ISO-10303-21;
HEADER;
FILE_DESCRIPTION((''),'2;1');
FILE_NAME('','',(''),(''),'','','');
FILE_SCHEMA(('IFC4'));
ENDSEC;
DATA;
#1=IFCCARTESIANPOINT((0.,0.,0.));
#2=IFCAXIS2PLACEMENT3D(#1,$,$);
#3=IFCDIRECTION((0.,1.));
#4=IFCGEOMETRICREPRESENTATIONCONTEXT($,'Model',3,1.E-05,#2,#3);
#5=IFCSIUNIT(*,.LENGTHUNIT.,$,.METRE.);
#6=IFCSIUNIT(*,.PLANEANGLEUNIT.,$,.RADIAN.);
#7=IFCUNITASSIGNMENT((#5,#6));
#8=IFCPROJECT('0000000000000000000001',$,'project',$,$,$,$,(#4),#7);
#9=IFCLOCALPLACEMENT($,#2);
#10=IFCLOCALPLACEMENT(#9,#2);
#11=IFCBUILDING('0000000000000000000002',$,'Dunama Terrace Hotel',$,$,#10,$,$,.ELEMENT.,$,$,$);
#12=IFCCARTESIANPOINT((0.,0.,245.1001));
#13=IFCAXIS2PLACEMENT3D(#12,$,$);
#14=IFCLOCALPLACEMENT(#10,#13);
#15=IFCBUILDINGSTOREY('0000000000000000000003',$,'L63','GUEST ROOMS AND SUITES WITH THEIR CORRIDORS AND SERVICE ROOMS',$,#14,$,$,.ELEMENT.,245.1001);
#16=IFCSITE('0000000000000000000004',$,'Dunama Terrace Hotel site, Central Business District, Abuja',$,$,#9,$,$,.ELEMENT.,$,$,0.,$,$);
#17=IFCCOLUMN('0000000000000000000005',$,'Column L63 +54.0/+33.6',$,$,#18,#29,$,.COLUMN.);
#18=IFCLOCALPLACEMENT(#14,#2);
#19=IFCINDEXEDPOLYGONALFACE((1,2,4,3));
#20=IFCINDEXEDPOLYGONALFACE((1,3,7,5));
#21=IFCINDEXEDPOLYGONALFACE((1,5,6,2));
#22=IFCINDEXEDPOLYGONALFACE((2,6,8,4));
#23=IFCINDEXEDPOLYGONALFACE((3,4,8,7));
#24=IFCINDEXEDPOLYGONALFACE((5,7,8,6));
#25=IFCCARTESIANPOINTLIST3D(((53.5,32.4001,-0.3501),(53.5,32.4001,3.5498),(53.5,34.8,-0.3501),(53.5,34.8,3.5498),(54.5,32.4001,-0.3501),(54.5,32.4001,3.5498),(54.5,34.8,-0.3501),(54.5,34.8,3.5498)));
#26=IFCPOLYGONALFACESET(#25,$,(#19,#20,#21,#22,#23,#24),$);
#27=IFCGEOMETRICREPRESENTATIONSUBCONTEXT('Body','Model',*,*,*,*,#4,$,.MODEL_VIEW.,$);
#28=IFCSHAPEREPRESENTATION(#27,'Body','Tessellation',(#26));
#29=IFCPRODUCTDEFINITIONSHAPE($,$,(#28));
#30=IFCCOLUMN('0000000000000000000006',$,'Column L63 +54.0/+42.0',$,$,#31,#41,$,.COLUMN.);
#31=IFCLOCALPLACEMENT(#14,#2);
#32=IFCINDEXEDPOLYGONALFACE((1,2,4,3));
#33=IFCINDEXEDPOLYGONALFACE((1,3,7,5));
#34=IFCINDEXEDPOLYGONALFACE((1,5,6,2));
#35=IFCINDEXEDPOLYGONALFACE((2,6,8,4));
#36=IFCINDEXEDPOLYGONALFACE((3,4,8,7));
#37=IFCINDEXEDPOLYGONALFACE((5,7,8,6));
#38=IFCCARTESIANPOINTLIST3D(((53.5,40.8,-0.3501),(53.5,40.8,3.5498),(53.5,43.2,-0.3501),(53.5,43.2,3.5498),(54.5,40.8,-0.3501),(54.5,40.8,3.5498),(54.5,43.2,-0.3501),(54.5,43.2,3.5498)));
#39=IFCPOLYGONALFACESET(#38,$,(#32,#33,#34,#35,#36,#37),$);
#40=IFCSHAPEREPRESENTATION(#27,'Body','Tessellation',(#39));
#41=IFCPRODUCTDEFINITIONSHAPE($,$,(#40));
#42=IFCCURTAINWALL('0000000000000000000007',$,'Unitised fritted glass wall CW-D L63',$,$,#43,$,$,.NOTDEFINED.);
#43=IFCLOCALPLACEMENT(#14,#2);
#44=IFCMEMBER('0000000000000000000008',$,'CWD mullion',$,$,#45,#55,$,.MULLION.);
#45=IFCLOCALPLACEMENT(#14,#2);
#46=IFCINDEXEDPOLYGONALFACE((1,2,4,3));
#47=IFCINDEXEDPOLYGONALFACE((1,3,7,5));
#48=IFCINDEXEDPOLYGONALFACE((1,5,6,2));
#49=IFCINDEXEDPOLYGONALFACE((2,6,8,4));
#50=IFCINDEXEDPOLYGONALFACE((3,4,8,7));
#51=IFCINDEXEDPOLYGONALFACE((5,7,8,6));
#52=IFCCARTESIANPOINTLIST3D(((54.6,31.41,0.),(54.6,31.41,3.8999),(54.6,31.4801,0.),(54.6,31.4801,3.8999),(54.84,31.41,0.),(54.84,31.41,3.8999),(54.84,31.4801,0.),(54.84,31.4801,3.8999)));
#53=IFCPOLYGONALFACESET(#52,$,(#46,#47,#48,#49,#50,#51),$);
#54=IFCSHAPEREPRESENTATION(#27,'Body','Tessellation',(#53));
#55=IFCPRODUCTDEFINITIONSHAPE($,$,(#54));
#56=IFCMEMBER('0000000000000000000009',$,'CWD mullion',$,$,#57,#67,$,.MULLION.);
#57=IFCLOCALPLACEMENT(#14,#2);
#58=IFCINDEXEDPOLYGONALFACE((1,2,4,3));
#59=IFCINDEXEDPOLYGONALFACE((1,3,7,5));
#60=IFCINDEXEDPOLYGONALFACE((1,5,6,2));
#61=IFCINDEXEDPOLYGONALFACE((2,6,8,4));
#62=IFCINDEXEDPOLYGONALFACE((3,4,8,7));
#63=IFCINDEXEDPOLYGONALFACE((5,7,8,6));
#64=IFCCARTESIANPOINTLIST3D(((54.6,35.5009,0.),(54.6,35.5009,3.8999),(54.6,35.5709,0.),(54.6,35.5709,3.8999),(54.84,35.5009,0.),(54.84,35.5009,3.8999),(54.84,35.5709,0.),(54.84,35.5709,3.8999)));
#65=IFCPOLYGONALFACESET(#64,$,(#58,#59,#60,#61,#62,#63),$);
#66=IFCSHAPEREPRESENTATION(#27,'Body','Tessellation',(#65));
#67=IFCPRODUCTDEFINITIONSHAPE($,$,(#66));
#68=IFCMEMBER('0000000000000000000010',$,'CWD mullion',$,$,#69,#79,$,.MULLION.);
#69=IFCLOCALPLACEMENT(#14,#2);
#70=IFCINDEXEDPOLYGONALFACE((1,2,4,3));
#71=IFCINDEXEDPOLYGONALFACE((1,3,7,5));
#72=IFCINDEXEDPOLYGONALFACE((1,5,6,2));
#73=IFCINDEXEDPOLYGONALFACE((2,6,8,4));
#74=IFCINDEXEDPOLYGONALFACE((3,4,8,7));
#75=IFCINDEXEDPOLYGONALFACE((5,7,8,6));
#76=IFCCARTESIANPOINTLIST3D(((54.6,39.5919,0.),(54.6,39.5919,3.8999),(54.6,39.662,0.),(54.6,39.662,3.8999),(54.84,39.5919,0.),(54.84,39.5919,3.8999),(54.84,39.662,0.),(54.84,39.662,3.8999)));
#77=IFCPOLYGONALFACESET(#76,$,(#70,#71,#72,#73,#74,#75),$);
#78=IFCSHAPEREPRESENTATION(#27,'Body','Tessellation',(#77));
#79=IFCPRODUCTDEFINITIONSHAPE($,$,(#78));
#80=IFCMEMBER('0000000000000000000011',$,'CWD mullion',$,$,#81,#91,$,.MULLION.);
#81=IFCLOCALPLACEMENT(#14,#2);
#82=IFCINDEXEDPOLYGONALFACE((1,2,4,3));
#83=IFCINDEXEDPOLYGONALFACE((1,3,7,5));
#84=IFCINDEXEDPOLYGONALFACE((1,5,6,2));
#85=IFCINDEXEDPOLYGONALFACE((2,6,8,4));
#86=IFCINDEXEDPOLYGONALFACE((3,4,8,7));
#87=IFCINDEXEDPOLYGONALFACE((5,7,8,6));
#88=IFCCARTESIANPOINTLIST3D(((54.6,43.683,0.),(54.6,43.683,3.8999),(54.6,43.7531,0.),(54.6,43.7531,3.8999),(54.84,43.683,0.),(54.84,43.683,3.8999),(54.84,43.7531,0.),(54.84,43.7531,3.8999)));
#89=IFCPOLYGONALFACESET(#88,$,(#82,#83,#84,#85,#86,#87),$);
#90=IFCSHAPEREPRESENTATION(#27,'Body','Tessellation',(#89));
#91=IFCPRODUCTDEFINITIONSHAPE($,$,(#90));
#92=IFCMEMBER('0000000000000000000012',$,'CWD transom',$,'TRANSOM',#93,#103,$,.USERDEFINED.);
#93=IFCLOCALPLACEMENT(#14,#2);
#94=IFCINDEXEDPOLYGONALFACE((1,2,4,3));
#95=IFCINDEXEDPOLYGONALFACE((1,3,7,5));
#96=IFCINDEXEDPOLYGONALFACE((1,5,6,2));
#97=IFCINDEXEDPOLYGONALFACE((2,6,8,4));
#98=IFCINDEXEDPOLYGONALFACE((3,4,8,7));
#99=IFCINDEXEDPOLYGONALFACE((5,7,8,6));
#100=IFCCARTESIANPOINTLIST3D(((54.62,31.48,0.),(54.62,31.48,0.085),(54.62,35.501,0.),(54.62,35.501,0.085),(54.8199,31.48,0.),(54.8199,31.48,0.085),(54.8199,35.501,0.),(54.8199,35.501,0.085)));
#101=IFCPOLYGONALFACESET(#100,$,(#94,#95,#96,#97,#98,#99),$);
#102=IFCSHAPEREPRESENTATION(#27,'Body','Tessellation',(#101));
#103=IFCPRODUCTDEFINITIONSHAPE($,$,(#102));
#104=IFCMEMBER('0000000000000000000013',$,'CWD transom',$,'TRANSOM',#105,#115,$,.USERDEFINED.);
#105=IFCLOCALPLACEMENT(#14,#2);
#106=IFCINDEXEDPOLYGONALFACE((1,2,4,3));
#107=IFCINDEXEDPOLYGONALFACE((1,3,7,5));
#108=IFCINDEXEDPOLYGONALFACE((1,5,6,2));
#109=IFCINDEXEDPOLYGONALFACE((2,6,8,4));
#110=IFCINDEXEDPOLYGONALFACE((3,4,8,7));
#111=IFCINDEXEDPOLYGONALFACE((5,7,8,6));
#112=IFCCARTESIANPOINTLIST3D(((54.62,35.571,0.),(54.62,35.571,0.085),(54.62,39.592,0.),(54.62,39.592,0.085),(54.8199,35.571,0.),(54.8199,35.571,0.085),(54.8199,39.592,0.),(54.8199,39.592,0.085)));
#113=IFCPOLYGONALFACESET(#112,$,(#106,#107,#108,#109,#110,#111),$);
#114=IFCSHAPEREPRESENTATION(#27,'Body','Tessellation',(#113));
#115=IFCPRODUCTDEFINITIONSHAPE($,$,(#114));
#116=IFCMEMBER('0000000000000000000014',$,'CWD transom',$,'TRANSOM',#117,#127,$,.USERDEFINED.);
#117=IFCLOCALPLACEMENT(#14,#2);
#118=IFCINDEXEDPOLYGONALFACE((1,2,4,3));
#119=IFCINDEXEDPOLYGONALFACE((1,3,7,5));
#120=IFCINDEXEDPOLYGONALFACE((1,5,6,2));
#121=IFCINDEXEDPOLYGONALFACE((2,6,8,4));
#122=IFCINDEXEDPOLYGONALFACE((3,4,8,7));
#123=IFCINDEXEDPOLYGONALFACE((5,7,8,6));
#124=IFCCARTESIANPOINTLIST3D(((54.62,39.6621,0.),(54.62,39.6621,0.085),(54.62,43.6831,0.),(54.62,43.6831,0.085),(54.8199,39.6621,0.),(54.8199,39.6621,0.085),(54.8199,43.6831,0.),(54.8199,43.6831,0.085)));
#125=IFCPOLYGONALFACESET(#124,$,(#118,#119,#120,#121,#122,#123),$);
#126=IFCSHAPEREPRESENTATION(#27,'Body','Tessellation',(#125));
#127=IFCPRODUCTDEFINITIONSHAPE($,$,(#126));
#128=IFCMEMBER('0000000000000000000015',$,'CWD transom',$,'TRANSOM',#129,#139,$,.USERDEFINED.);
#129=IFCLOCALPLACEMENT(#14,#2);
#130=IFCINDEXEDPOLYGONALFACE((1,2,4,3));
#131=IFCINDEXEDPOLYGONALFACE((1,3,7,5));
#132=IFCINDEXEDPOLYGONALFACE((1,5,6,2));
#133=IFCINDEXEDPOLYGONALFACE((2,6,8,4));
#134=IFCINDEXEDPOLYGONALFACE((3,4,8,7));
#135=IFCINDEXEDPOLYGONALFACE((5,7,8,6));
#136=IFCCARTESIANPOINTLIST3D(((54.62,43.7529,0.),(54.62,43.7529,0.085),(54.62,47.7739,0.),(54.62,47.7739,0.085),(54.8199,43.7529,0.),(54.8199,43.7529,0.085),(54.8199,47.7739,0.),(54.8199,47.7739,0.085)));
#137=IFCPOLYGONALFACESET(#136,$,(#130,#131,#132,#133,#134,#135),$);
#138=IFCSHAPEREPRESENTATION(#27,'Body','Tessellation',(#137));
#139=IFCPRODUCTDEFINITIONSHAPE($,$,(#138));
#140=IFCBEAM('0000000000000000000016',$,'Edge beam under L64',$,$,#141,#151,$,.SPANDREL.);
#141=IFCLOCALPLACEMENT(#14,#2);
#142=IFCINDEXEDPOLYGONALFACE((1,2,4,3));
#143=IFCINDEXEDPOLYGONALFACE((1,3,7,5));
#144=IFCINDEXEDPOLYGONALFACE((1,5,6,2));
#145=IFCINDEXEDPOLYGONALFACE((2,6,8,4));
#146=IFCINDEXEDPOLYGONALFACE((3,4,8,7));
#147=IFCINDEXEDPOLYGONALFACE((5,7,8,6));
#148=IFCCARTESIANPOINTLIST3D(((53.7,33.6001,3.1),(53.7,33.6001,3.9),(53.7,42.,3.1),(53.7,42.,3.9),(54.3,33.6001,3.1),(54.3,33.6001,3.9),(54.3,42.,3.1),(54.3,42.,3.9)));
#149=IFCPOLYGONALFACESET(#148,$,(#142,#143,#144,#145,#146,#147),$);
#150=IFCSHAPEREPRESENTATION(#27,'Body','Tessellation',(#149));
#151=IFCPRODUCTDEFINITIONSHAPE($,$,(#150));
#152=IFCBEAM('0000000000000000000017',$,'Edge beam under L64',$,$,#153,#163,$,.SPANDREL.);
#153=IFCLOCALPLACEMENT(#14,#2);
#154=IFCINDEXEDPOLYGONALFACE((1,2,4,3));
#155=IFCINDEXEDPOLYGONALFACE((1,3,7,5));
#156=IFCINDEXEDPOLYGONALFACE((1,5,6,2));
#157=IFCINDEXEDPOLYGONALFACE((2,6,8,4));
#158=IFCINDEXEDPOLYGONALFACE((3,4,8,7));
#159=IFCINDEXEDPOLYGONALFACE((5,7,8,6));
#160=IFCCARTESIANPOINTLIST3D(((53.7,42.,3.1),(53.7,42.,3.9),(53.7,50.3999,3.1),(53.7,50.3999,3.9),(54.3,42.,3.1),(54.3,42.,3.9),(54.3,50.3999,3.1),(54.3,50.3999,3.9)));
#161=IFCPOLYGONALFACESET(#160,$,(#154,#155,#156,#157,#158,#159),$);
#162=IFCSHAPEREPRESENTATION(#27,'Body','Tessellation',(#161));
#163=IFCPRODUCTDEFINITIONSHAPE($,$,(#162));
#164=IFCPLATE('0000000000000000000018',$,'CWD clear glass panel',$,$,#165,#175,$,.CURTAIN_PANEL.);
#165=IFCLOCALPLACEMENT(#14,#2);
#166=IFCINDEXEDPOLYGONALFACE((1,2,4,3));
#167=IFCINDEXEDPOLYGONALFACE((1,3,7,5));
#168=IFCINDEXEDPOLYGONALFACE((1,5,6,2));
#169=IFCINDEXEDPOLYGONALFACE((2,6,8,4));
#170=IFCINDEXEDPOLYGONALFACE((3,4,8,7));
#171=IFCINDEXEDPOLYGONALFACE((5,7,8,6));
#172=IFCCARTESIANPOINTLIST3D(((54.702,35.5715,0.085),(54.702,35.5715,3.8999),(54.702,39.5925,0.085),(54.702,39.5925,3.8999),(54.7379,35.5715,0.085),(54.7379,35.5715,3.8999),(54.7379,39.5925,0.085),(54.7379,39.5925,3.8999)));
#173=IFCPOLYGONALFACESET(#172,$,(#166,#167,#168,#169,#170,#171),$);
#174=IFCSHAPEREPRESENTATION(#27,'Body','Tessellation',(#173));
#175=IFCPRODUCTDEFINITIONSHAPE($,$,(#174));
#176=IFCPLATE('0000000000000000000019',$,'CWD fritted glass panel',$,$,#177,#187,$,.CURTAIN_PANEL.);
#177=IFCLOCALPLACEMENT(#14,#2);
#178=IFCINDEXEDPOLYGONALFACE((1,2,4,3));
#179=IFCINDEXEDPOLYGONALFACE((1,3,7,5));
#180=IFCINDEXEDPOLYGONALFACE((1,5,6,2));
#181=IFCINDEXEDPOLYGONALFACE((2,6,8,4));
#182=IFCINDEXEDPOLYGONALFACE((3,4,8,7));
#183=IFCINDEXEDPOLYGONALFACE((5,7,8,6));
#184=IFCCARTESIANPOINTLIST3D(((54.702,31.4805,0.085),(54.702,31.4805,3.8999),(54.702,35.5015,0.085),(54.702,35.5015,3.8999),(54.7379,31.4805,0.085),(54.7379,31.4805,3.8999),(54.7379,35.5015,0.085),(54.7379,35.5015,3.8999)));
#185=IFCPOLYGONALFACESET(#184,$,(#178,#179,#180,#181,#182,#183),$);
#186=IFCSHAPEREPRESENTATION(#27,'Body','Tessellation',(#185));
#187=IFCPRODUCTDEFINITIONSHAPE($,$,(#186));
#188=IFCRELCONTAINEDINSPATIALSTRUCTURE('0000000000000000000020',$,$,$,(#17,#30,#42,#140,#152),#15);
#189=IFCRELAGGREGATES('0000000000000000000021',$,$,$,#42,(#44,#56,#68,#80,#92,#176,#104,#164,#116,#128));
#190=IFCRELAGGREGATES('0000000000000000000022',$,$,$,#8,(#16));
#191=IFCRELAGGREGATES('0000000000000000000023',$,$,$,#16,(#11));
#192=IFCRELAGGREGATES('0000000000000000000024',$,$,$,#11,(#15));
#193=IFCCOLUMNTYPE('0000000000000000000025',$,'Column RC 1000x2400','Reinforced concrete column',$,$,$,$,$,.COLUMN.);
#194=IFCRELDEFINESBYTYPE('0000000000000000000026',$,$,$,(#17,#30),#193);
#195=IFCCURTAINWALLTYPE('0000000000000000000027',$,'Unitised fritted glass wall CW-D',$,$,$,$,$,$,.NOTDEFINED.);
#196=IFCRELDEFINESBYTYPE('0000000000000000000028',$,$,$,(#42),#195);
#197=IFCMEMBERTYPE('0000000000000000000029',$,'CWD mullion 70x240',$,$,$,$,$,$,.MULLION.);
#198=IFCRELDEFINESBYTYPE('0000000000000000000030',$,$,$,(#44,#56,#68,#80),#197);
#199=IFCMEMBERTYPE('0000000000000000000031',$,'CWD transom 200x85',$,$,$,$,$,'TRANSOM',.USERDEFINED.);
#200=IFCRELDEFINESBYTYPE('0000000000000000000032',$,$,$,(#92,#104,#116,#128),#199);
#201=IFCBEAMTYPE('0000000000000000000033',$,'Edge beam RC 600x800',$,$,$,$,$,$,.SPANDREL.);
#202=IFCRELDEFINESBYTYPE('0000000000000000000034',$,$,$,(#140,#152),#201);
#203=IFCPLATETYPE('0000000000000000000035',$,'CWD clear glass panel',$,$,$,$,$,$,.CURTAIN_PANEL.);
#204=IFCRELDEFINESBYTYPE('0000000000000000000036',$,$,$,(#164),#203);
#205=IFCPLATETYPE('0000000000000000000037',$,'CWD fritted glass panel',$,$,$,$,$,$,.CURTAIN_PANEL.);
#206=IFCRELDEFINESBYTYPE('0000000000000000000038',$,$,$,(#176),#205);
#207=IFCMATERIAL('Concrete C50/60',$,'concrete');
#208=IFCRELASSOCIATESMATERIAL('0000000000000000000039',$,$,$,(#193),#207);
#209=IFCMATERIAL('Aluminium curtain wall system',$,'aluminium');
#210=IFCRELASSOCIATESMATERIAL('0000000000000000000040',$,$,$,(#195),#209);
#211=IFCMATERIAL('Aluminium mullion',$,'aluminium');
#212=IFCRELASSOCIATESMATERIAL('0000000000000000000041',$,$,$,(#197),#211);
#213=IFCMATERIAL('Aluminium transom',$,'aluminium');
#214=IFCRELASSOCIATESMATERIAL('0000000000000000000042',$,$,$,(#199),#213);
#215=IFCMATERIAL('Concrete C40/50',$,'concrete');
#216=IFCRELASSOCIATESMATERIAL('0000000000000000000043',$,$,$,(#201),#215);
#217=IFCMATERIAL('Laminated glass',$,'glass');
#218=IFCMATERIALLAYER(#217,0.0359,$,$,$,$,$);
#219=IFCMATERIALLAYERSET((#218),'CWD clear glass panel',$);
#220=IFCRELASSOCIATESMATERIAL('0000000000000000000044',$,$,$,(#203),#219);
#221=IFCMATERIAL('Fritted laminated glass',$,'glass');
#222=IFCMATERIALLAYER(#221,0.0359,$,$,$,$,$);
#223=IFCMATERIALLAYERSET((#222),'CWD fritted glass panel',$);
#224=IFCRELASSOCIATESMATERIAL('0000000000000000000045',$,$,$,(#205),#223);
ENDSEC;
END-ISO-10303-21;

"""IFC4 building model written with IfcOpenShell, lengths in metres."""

from ifc_helpers import new_model, si_unit, direction, frame, origin, origin_2d, place, context, subcontext, project, spatial, rectangle, extrude, material, layer, layer_set, material_profile, profile_set, type_object, element, aggregate, save


model = new_model("IFC4")

# Units and contexts
model_context = context("Model", 3, precision=1e-05, world=origin(), true_north=direction((0.0, 1.0)))
body_context = subcontext(model_context, "Body", "Model", "MODEL_VIEW")
ifc_project = project(units=[si_unit("LENGTHUNIT", "METRE"), si_unit("PLANEANGLEUNIT", "RADIAN")], contexts=[model_context])

# Site, building, storey
site_placement = place(None, origin())
site = spatial("IfcSite", under=ifc_project, at=site_placement, Name="Dunama Terrace Hotel site, Central Business District, Abuja", CompositionType="ELEMENT", RefElevation=0.0)
building_placement = place(site_placement, origin())
building = spatial("IfcBuilding", under=site, at=building_placement, Name="Dunama Terrace Hotel", CompositionType="ELEMENT")
storey_placement = place(building_placement, frame((0.0, 0.0, 245.1001)))
storey = spatial("IfcBuildingStorey", under=building, at=storey_placement, Name="L63", Description="GUEST ROOMS AND SUITES WITH THEIR CORRIDORS AND SERVICE ROOMS", CompositionType="ELEMENT", Elevation=245.1001)

# Columns
ifc_material_1 = material(Name="Concrete C50/60", Category="concrete")
ifc_material_profile_1 = material_profile(ifc_material_1, rectangle(XDim=1.0, YDim=2.3999, at=origin_2d()), Name="RC 1000x2400")
ifc_profile_set_1 = profile_set([ifc_material_profile_1], Name="Concrete C50/60")
column_type = type_object("IfcColumnType", Name="Column RC 1000x2400", Description="Reinforced concrete column", PredefinedType="COLUMN", material=ifc_profile_set_1)
for number, where, z_axis, x_axis, name in (
    (1, (54.0, 33.6001, -0.3501), (0.0, 0.0, 1.0), (1.0, 0.0, 0.0), "Column L63 +54.0/+33.6"),
    (2, (54.0, 42.0, -0.3501), (0.0, 0.0, 1.0), (1.0, 0.0, 0.0), "Column L63 +54.0/+42.0"),
):
    element("IfcColumn", number, at=place(storey_placement, frame(where, z_axis=z_axis, x_axis=x_axis)), inside=storey, type_object=column_type, Name=name, PredefinedType="COLUMN", context=body_context, shape_type="SweptSolid", body=[
        extrude(rectangle(XDim=1.0, YDim=2.3999, at=origin_2d()), origin(), (0.0, 0.0, 1.0), 3.8999),
    ])

# Curtain wall, members
ifc_material_2 = material(Name="Aluminium curtain wall system", Category="aluminium")
curtain_wall_type = type_object("IfcCurtainWallType", Name="Unitised fritted glass wall CW-D", PredefinedType="NOTDEFINED", material=ifc_material_2)
curtain_wall_placement = place(storey_placement, origin())
curtain_wall = element("IfcCurtainWall", 3, at=curtain_wall_placement, inside=storey, type_object=curtain_wall_type, Name="Unitised fritted glass wall CW-D L63", PredefinedType="NOTDEFINED")
ifc_material_3 = material(Name="Aluminium mullion", Category="aluminium")
ifc_material_profile_2 = material_profile(ifc_material_3, rectangle(XDim=0.0701, YDim=0.24, at=origin_2d()), Name="CWD MULLION 70X240")
ifc_profile_set_2 = profile_set([ifc_material_profile_2], Name="Aluminium mullion")
member_type_1 = type_object("IfcMemberType", Name="CWD mullion 70x240", PredefinedType="MULLION", material=ifc_profile_set_2)
member_1_placement = place(storey_placement, frame((54.72, 31.4451, 0.0), z_axis=(0.0, 0.0, 1.0), x_axis=(0.0, 1.0, 0.0)))
member_1 = element("IfcMember", 4, at=member_1_placement, type_object=member_type_1, Name="CWD mullion", PredefinedType="MULLION", context=body_context, shape_type="SweptSolid", body=[
    extrude(rectangle(XDim=0.0701, YDim=0.24, at=origin_2d()), origin(), (0.0, 0.0, 1.0), 3.8999),
])
member_2_placement = place(storey_placement, frame((54.72, 35.5359, 0.0), z_axis=(0.0, 0.0, 1.0), x_axis=(0.0, 1.0, 0.0)))
member_2 = element("IfcMember", 5, at=member_2_placement, type_object=member_type_1, Name="CWD mullion", PredefinedType="MULLION", context=body_context, shape_type="SweptSolid", body=[
    extrude(rectangle(XDim=0.0701, YDim=0.24, at=origin_2d()), origin(), (0.0, 0.0, 1.0), 3.8999),
])
member_3_placement = place(storey_placement, frame((54.72, 39.627, 0.0), z_axis=(0.0, 0.0, 1.0), x_axis=(0.0, 1.0, 0.0)))
member_3 = element("IfcMember", 6, at=member_3_placement, type_object=member_type_1, Name="CWD mullion", PredefinedType="MULLION", context=body_context, shape_type="SweptSolid", body=[
    extrude(rectangle(XDim=0.0701, YDim=0.24, at=origin_2d()), origin(), (0.0, 0.0, 1.0), 3.8999),
])
member_4_placement = place(storey_placement, frame((54.72, 43.718, 0.0), z_axis=(0.0, 0.0, 1.0), x_axis=(0.0, 1.0, 0.0)))
member_4 = element("IfcMember", 7, at=member_4_placement, type_object=member_type_1, Name="CWD mullion", PredefinedType="MULLION", context=body_context, shape_type="SweptSolid", body=[
    extrude(rectangle(XDim=0.0701, YDim=0.24, at=origin_2d()), origin(), (0.0, 0.0, 1.0), 3.8999),
])
ifc_material_4 = material(Name="Aluminium transom", Category="aluminium")
ifc_material_profile_3 = material_profile(ifc_material_4, rectangle(XDim=0.2, YDim=0.085, at=origin_2d()), Name="CWD TRANSOM 200X85")
ifc_profile_set_3 = profile_set([ifc_material_profile_3], Name="Aluminium transom")
member_type_2 = type_object("IfcMemberType", Name="CWD transom 200x85", ElementType="TRANSOM", PredefinedType="USERDEFINED", material=ifc_profile_set_3)
member_5_placement = place(storey_placement, frame((54.72, 31.48, 0.0425), z_axis=(0.0, 1.0, 0.0), x_axis=(-1.0, 0.0, 0.0)))
member_5 = element("IfcMember", 8, at=member_5_placement, type_object=member_type_2, Name="CWD transom", ObjectType="TRANSOM", PredefinedType="USERDEFINED", context=body_context, shape_type="SweptSolid", body=[
    extrude(rectangle(XDim=0.2, YDim=0.085, at=origin_2d()), origin(), (0.0, 0.0, 1.0), 4.021),
])
member_6_placement = place(storey_placement, frame((54.72, 35.571, 0.0425), z_axis=(0.0, 1.0, 0.0), x_axis=(-1.0, 0.0, 0.0)))
member_6 = element("IfcMember", 9, at=member_6_placement, type_object=member_type_2, Name="CWD transom", ObjectType="TRANSOM", PredefinedType="USERDEFINED", context=body_context, shape_type="SweptSolid", body=[
    extrude(rectangle(XDim=0.2, YDim=0.085, at=origin_2d()), origin(), (0.0, 0.0, 1.0), 4.021),
])
member_7_placement = place(storey_placement, frame((54.72, 39.6621, 0.0425), z_axis=(0.0, 1.0, 0.0), x_axis=(-1.0, 0.0, 0.0)))
member_7 = element("IfcMember", 10, at=member_7_placement, type_object=member_type_2, Name="CWD transom", ObjectType="TRANSOM", PredefinedType="USERDEFINED", context=body_context, shape_type="SweptSolid", body=[
    extrude(rectangle(XDim=0.2, YDim=0.085, at=origin_2d()), origin(), (0.0, 0.0, 1.0), 4.021),
])
member_8_placement = place(storey_placement, frame((54.72, 43.7529, 0.0425), z_axis=(0.0, 1.0, 0.0), x_axis=(-1.0, 0.0, 0.0)))
member_8 = element("IfcMember", 11, at=member_8_placement, type_object=member_type_2, Name="CWD transom", ObjectType="TRANSOM", PredefinedType="USERDEFINED", context=body_context, shape_type="SweptSolid", body=[
    extrude(rectangle(XDim=0.2, YDim=0.085, at=origin_2d()), origin(), (0.0, 0.0, 1.0), 4.021),
])

# Beams
ifc_material_5 = material(Name="Concrete C40/50", Category="concrete")
ifc_material_profile_4 = material_profile(ifc_material_5, rectangle(XDim=0.6001, YDim=0.8, at=origin_2d()), Name="RC 600x800")
ifc_profile_set_4 = profile_set([ifc_material_profile_4], Name="Concrete C40/50")
beam_type = type_object("IfcBeamType", Name="Edge beam RC 600x800", PredefinedType="SPANDREL", material=ifc_profile_set_4)
for number, where, z_axis, x_axis, name in (
    (12, (54.0, 33.6001, 3.5), (0.0, 1.0, 0.0), (-1.0, 0.0, 0.0), "Edge beam under L64"),
    (13, (54.0, 42.0, 3.5), (0.0, 1.0, 0.0), (-1.0, 0.0, 0.0), "Edge beam under L64"),
):
    element("IfcBeam", number, at=place(storey_placement, frame(where, z_axis=z_axis, x_axis=x_axis)), inside=storey, type_object=beam_type, Name=name, PredefinedType="SPANDREL", context=body_context, shape_type="SweptSolid", body=[
        extrude(rectangle(XDim=0.6001, YDim=0.8, at=origin_2d()), origin(), (0.0, 0.0, 1.0), 8.3999),
    ])

# Plates
ifc_material_6 = material(Name="Laminated glass", Category="glass")
ifc_layer_1 = layer(ifc_material_6, 0.0359)
ifc_layer_set_1 = layer_set([ifc_layer_1], Name="CWD clear glass panel")
plate_type_1 = type_object("IfcPlateType", Name="CWD clear glass panel", PredefinedType="CURTAIN_PANEL", material=ifc_layer_set_1)
plate_1_placement = place(storey_placement, frame((54.72, 37.582, 0.085), z_axis=(0.0, 0.0, 1.0), x_axis=(0.0, 1.0, 0.0)))
plate_1 = element("IfcPlate", 14, at=plate_1_placement, type_object=plate_type_1, Name="CWD clear glass panel", PredefinedType="CURTAIN_PANEL", context=body_context, shape_type="SweptSolid", body=[
    extrude(rectangle(XDim=4.021, YDim=0.0359, at=origin_2d()), origin(), (0.0, 0.0, 1.0), 3.8149),
])
ifc_material_7 = material(Name="Fritted laminated glass", Category="glass")
ifc_layer_2 = layer(ifc_material_7, 0.0359)
ifc_layer_set_2 = layer_set([ifc_layer_2], Name="CWD fritted glass panel")
plate_type_2 = type_object("IfcPlateType", Name="CWD fritted glass panel", PredefinedType="CURTAIN_PANEL", material=ifc_layer_set_2)
plate_2_placement = place(storey_placement, frame((54.72, 33.491, 0.085), z_axis=(0.0, 0.0, 1.0), x_axis=(0.0, 1.0, 0.0)))
plate_2 = element("IfcPlate", 15, at=plate_2_placement, type_object=plate_type_2, Name="CWD fritted glass panel", PredefinedType="CURTAIN_PANEL", context=body_context, shape_type="SweptSolid", body=[
    extrude(rectangle(XDim=4.021, YDim=0.0359, at=origin_2d()), origin(), (0.0, 0.0, 1.0), 3.8149),
])
aggregate(curtain_wall, [member_1, member_2, member_3, member_4, member_5, plate_2, member_6, plate_1, member_7, member_8])

save(model, "model.ifc")
